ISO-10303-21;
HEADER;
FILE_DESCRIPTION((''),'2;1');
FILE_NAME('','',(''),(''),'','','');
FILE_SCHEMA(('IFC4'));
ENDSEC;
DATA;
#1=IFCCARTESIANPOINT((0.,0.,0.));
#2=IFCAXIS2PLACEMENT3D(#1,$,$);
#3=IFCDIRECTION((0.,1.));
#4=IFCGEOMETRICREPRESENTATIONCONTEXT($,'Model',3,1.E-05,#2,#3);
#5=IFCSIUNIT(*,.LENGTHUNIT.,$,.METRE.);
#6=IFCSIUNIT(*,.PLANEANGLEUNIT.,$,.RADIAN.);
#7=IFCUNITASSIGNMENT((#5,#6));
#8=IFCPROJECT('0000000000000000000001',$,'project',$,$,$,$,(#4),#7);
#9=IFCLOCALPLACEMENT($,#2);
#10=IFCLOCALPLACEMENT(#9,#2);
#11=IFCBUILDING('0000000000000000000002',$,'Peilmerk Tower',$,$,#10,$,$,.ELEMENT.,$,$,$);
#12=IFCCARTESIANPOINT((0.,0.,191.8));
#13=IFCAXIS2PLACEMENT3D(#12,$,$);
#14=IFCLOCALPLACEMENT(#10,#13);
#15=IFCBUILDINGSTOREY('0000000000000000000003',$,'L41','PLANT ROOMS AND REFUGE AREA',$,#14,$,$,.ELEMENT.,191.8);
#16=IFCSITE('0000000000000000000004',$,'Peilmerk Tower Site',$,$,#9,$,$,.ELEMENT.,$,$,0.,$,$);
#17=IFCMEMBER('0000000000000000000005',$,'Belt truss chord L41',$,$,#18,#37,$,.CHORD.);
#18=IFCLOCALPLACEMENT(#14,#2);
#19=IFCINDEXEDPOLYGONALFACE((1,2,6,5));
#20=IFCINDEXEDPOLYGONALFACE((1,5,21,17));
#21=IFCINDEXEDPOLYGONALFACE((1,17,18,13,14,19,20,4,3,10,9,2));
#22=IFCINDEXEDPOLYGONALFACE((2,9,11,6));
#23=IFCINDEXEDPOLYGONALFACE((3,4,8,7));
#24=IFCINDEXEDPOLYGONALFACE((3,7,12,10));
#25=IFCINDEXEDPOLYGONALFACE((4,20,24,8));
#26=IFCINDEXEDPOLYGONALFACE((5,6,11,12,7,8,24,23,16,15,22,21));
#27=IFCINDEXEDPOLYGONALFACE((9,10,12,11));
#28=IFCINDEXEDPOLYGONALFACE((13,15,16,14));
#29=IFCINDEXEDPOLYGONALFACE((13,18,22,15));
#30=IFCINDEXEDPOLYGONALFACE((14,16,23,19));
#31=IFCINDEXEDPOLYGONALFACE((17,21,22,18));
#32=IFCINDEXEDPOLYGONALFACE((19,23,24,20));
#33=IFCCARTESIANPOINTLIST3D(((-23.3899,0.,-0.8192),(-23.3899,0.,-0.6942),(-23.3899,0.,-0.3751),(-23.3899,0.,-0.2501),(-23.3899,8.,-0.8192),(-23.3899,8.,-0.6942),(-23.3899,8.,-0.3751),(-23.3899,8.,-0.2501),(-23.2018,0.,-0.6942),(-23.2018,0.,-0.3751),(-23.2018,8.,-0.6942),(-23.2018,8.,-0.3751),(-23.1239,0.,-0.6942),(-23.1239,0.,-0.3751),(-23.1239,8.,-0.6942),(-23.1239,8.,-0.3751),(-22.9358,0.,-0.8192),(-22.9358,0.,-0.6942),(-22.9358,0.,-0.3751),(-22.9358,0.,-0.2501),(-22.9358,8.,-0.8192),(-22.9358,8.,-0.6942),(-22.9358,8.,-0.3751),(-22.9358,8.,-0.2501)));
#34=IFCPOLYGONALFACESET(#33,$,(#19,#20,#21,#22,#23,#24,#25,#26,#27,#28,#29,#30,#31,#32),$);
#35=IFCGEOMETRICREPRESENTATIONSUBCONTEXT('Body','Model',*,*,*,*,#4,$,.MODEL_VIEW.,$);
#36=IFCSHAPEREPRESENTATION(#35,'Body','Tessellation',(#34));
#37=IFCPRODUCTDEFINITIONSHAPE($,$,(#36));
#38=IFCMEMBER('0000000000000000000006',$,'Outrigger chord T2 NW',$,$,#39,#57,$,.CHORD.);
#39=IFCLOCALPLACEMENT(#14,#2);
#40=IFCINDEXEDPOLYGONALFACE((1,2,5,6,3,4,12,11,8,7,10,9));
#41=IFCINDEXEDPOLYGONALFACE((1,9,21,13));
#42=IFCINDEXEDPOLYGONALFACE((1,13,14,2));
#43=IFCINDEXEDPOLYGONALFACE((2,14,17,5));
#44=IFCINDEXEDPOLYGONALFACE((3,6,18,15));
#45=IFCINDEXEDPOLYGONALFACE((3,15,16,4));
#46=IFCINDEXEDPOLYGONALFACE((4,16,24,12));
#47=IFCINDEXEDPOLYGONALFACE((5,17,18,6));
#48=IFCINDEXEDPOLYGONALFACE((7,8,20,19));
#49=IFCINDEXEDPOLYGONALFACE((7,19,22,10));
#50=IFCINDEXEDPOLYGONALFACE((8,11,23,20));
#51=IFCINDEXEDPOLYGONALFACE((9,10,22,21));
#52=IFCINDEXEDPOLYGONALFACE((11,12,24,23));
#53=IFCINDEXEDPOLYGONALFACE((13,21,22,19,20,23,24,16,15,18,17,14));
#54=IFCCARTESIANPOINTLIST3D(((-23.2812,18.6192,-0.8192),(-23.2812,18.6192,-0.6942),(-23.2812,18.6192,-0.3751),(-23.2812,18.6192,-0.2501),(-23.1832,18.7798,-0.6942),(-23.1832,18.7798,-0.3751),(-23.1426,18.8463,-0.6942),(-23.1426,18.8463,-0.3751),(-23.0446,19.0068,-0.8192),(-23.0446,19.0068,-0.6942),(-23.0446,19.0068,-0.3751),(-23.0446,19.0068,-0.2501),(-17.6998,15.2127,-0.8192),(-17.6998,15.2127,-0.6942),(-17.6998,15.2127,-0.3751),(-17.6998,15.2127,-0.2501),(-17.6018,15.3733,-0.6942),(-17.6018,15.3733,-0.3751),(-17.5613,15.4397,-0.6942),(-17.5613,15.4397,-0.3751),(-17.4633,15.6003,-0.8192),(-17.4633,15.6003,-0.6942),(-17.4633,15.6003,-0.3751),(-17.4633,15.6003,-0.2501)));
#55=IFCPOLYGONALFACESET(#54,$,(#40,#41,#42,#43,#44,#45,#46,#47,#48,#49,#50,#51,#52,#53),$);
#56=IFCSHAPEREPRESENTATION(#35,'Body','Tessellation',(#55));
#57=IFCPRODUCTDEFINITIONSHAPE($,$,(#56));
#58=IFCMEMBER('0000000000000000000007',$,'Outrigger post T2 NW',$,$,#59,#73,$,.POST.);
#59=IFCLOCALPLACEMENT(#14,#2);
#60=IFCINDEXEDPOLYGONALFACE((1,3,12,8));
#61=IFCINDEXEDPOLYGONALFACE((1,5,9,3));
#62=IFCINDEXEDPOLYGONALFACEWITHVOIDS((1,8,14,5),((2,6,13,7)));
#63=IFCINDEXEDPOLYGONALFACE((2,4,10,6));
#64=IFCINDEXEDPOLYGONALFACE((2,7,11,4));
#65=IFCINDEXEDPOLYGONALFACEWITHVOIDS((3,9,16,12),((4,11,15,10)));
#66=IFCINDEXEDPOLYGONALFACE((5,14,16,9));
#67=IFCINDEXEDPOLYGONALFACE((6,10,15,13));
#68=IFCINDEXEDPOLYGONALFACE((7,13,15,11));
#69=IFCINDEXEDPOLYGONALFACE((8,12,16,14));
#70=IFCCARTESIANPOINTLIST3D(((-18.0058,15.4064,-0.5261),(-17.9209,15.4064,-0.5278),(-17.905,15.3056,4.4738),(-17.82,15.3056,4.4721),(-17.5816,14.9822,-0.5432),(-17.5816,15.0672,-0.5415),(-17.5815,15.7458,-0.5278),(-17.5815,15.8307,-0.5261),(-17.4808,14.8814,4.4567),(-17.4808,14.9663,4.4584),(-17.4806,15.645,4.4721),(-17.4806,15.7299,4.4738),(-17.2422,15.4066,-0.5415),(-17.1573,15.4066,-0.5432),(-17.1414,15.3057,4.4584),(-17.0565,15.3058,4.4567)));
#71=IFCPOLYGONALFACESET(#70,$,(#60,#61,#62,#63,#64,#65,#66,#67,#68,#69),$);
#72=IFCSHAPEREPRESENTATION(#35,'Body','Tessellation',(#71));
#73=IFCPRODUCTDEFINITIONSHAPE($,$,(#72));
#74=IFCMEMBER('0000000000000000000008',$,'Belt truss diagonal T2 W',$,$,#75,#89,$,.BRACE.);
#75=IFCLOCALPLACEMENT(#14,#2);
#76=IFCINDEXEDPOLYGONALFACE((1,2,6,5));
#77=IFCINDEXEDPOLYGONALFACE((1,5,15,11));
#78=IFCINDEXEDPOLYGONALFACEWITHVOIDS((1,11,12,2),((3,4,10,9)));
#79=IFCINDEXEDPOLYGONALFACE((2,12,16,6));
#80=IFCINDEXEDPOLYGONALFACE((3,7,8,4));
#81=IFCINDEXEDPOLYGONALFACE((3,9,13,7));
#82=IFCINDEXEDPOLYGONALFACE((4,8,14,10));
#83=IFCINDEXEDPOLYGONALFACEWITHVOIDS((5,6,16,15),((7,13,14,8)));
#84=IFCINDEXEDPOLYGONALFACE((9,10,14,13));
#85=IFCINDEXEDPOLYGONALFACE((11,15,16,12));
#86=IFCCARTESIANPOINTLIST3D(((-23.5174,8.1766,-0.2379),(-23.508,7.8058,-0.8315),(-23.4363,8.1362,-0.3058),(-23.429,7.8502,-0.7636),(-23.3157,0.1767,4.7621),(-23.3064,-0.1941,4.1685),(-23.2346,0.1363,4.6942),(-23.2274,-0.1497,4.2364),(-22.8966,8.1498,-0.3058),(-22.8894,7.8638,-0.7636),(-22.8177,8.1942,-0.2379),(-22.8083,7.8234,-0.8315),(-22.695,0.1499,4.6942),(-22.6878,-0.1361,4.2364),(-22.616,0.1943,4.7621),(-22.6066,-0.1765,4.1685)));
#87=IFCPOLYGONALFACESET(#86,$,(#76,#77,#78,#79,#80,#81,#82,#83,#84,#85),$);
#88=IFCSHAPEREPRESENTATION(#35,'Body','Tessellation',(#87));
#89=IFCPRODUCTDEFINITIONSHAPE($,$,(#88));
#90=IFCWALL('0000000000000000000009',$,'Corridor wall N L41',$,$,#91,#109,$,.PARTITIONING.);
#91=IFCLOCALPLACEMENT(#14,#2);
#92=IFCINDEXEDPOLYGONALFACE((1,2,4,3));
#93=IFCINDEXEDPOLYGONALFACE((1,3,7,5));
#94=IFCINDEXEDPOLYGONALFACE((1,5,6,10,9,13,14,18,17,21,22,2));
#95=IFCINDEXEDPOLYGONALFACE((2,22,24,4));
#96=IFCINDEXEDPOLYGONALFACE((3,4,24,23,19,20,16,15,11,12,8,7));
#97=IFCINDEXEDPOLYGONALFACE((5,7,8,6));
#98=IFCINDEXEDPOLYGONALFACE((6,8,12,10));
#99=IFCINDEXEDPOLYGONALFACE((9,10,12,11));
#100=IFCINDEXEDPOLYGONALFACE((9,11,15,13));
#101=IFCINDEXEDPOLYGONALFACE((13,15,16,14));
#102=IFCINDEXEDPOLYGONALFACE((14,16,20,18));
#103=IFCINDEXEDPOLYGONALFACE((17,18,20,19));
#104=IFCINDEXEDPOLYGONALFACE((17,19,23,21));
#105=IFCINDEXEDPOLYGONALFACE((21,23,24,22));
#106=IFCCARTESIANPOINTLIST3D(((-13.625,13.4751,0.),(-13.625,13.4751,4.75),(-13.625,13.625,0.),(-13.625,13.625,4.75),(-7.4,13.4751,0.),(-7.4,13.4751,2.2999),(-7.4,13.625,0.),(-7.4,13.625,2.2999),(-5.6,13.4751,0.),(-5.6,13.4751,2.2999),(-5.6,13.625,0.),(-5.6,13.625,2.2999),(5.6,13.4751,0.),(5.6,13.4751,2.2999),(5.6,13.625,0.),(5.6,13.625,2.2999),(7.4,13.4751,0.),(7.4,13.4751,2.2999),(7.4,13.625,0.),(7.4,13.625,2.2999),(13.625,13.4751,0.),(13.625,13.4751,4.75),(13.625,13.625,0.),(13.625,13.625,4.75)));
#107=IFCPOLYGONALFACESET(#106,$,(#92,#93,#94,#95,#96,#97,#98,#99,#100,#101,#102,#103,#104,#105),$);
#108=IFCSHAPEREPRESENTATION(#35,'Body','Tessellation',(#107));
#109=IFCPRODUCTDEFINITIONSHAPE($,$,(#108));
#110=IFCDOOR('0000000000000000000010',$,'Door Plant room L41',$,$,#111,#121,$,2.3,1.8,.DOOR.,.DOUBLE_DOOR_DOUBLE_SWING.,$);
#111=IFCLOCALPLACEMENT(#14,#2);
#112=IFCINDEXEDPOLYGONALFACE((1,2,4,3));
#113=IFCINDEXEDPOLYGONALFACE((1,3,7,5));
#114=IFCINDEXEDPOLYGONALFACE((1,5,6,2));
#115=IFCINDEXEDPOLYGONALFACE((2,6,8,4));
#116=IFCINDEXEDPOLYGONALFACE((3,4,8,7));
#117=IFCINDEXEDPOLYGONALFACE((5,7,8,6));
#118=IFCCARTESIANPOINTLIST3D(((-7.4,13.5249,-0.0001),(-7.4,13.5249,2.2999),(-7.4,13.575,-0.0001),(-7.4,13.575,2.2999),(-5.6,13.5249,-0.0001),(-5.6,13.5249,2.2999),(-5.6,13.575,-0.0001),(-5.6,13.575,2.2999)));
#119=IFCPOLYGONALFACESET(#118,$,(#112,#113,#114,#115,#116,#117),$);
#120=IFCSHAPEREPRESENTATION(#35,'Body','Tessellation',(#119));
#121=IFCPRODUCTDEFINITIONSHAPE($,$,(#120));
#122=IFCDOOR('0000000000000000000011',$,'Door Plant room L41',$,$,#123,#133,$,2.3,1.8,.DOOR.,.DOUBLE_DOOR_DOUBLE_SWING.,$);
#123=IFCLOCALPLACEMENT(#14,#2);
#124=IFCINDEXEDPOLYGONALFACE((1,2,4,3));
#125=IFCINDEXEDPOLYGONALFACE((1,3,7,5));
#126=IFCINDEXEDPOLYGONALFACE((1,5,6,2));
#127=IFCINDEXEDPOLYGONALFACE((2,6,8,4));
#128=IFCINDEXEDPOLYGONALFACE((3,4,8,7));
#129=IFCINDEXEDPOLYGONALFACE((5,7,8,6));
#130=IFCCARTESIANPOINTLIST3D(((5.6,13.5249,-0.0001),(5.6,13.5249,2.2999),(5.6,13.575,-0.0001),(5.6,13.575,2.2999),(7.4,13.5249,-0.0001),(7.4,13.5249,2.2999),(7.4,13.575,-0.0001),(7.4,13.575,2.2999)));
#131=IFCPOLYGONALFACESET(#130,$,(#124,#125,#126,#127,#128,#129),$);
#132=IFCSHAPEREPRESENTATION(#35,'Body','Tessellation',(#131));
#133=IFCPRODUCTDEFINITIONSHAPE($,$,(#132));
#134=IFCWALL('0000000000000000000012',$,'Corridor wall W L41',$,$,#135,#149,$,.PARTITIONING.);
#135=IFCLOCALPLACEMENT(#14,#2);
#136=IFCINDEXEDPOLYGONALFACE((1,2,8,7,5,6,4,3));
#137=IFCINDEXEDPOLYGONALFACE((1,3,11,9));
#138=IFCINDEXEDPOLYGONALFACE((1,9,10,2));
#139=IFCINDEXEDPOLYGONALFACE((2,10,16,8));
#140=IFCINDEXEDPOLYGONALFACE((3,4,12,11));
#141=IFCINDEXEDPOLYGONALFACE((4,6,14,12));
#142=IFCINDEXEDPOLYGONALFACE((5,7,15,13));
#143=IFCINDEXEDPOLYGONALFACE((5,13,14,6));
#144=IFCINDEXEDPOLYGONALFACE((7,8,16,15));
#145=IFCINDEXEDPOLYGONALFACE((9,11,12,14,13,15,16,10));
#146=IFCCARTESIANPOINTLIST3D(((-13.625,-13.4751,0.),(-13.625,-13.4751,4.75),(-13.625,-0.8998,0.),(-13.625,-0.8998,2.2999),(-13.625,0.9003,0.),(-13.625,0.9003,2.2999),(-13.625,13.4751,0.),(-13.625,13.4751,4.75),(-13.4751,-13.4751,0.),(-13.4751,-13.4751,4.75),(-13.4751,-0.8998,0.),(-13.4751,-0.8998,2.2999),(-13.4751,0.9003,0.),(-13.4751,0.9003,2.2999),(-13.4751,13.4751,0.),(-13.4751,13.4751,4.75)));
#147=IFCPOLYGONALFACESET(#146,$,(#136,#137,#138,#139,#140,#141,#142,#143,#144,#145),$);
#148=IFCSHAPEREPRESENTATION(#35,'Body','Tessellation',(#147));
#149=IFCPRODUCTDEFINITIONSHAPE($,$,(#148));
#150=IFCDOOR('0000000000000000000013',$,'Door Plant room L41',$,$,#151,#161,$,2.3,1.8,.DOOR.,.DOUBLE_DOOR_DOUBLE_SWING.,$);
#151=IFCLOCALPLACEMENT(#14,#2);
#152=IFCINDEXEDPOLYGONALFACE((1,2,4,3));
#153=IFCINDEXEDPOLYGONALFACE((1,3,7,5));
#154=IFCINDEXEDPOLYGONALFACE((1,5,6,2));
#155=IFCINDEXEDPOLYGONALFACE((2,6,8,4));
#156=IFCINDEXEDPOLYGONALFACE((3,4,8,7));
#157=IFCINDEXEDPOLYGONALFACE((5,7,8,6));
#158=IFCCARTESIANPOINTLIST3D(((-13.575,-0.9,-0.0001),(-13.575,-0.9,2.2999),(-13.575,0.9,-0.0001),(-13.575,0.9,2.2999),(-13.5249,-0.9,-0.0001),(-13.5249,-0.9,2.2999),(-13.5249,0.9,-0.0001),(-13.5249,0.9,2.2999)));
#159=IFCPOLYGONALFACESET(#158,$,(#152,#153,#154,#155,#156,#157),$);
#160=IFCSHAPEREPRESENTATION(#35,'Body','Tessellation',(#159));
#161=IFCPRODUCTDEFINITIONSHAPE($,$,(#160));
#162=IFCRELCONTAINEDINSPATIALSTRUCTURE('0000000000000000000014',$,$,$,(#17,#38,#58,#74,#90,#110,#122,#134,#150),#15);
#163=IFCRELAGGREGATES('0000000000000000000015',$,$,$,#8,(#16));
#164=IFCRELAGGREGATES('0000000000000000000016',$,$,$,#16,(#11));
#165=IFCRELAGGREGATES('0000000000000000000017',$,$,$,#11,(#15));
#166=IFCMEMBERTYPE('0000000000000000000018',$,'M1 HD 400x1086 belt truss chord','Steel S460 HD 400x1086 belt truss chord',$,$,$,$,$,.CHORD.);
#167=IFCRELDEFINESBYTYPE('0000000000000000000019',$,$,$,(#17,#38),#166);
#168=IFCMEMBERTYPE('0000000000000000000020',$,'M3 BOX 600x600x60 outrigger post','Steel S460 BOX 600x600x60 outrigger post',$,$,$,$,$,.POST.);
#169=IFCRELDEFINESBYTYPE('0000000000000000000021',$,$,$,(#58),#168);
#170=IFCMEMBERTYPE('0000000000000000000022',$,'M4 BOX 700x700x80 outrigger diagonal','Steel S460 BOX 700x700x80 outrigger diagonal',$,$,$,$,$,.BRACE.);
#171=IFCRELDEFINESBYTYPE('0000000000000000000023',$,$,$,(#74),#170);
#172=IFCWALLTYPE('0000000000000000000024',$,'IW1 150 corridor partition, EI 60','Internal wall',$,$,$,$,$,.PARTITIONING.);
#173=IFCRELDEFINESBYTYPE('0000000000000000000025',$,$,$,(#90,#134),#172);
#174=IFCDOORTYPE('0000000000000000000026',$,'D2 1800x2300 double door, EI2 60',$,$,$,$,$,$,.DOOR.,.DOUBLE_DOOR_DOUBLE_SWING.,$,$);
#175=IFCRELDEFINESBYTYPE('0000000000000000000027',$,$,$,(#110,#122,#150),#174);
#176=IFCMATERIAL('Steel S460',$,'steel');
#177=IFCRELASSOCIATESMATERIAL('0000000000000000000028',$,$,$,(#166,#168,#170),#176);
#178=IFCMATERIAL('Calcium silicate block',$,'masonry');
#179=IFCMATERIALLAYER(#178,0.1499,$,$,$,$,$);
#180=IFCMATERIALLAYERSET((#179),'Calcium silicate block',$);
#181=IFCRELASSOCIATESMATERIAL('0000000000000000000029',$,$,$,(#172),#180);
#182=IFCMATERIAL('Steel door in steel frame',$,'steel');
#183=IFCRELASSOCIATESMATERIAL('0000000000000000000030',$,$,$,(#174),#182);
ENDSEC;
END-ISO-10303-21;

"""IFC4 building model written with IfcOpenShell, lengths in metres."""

from ifc_helpers import new_model, si_unit, direction, frame, frame_2d, origin, origin_2d, place, context, subcontext, project, spatial, rectangle, hollow_rectangle, i_section, extrude, material, layer, layer_set, material_profile, profile_set, type_object, element, fill, save


model = new_model("IFC4")

# Units and contexts
model_context = context("Model", 3, precision=1e-05, world=origin(), true_north=direction((0.0, 1.0)))
body_context = subcontext(model_context, "Body", "Model", "MODEL_VIEW")
ifc_project = project(units=[si_unit("LENGTHUNIT", "METRE"), si_unit("PLANEANGLEUNIT", "RADIAN")], contexts=[model_context])

# Site, building, storey
site_placement = place(None, origin())
site = spatial("IfcSite", under=ifc_project, at=site_placement, Name="Peilmerk Tower Site", CompositionType="ELEMENT", RefElevation=0.0)
building_placement = place(site_placement, origin())
building = spatial("IfcBuilding", under=site, at=building_placement, Name="Peilmerk Tower", CompositionType="ELEMENT")
storey_placement = place(building_placement, frame((0.0, 0.0, 191.8)))
storey = spatial("IfcBuildingStorey", under=building, at=storey_placement, Name="L41", Description="PLANT ROOMS AND REFUGE AREA", CompositionType="ELEMENT", Elevation=191.8)

# Shared definitions
ifc_material_1 = material(Name="Steel S460", Category="steel")

# Members
ifc_material_profile_1 = material_profile(ifc_material_1, i_section(OverallWidth=0.4541, OverallDepth=0.5691, WebThickness=0.0779, FlangeThickness=0.125, at=origin_2d()), Name="HD 400x1086")
ifc_profile_set_1 = profile_set([ifc_material_profile_1], Name="Steel S460")
member_type_1 = type_object("IfcMemberType", Name="M1 HD 400x1086 belt truss chord", Description="Steel S460 HD 400x1086 belt truss chord", PredefinedType="CHORD", material=ifc_profile_set_1)
member_1_placement = place(storey_placement, frame((-23.1628, 8.0, -0.5347), z_axis=(0.0, -1.0, 0.0), x_axis=(1.0, 0.0, 0.0)))
element("IfcMember", 1, at=member_1_placement, inside=storey, type_object=member_type_1, Name="Belt truss chord L41", PredefinedType="CHORD", context=body_context, shape_type="SweptSolid", body=[
    extrude(i_section(OverallWidth=0.4541, OverallDepth=0.5691, WebThickness=0.0779, FlangeThickness=0.125, at=origin_2d()), origin(), (0.0, 0.0, 1.0), 8.0),
])
member_2_placement = place(storey_placement, frame((-17.5815, 15.4065, -0.5347), z_axis=(-0.853574, 0.520971, 0.0), x_axis=(-0.520971, -0.853574, 0.0)))
element("IfcMember", 2, at=member_2_placement, inside=storey, type_object=member_type_1, Name="Outrigger chord T2 NW", PredefinedType="CHORD", context=body_context, shape_type="SweptSolid", body=[
    extrude(i_section(OverallWidth=0.4541, OverallDepth=0.5691, WebThickness=0.0779, FlangeThickness=0.125, at=origin_2d()), origin(), (0.0, 0.0, 1.0), 6.5388),
])
ifc_material_profile_2 = material_profile(ifc_material_1, hollow_rectangle(XDim=0.6001, YDim=0.6001, WallThickness=0.0601, at=origin_2d()), Name="BOX 600x600x60")
ifc_profile_set_2 = profile_set([ifc_material_profile_2], Name="Steel S460")
member_type_2 = type_object("IfcMemberType", Name="M3 BOX 600x600x60 outrigger post", Description="Steel S460 BOX 600x600x60 outrigger post", PredefinedType="POST", material=ifc_profile_set_2)
member_3_placement = place(storey_placement, frame((-17.5815, 15.4065, -0.5347), z_axis=(0.020158, -0.020158, 0.999594), x_axis=(0.707107, 0.707107, 0.0)))
element("IfcMember", 3, at=member_3_placement, inside=storey, type_object=member_type_2, Name="Outrigger post T2 NW", PredefinedType="POST", context=body_context, shape_type="SweptSolid", body=[
    extrude(hollow_rectangle(XDim=0.6001, YDim=0.6001, WallThickness=0.0601, at=origin_2d()), origin(), (0.0, 0.0, 1.0), 5.002),
])
ifc_material_profile_3 = material_profile(ifc_material_1, hollow_rectangle(XDim=0.7, YDim=0.7, WallThickness=0.0801, at=origin_2d()), Name="BOX 700x700x80")
ifc_profile_set_3 = profile_set([ifc_material_profile_3], Name="Steel S460")
member_type_3 = type_object("IfcMemberType", Name="M4 BOX 700x700x80 outrigger diagonal", Description="Steel S460 BOX 700x700x80 outrigger diagonal", PredefinedType="BRACE", material=ifc_profile_set_3)
member_4_placement = place(storey_placement, frame((-23.1628, 8.0, -0.5347), z_axis=(0.021371, -0.847805, 0.529878), x_axis=(0.999682, 0.0252, 0.0)))
element("IfcMember", 4, at=member_4_placement, inside=storey, type_object=member_type_3, Name="Belt truss diagonal T2 W", PredefinedType="BRACE", context=body_context, shape_type="SweptSolid", body=[
    extrude(hollow_rectangle(XDim=0.7, YDim=0.7, WallThickness=0.0801, at=origin_2d()), origin(), (0.0, 0.0, 1.0), 9.436),
])

# Wall, openings, doors
ifc_material_2 = material(Name="Calcium silicate block", Category="masonry")
ifc_layer_1 = layer(ifc_material_2, 0.1499)
ifc_layer_set_1 = layer_set([ifc_layer_1], Name="Calcium silicate block")
wall_type_1 = type_object("IfcWallType", Name="IW1 150 corridor partition, EI 60", Description="Internal wall", PredefinedType="PARTITIONING", material=ifc_layer_set_1)
wall_1_placement = place(storey_placement, frame((-13.625, 13.55, 0.0), z_axis=(0.0, 0.0, 1.0), x_axis=(1.0, 0.0, 0.0)))
wall_1 = element("IfcWall", 5, at=wall_1_placement, inside=storey, type_object=wall_type_1, Name="Corridor wall N L41", PredefinedType="PARTITIONING", context=body_context, shape_type="SweptSolid", body=[
    extrude(rectangle(XDim=27.25, YDim=0.1499, at=frame_2d((13.625, 0.0))), origin(), (0.0, 0.0, 1.0), 4.75),
])
opening_1_placement = place(wall_1_placement, frame((6.2251, 0.0, 0.0)))
opening_1 = element("IfcOpeningElement", 6, at=opening_1_placement, cuts=wall_1, PredefinedType="OPENING", context=body_context, shape_type="SweptSolid", body=[
    extrude(rectangle(XDim=1.8, YDim=2.3, at=frame_2d((0.8999, 1.1499))), frame((0.0, 0.085, 0.0), z_axis=(0.0, -1.0, 0.0), x_axis=(1.0, 0.0, 0.0)), (0.0, 0.0, 1.0), 0.1699),
])
opening_2_placement = place(wall_1_placement, frame((19.2251, 0.0, 0.0)))
opening_2 = element("IfcOpeningElement", 7, at=opening_2_placement, cuts=wall_1, PredefinedType="OPENING", context=body_context, shape_type="SweptSolid", body=[
    extrude(rectangle(XDim=1.8, YDim=2.3, at=frame_2d((0.8999, 1.1499))), frame((0.0, 0.085, 0.0), z_axis=(0.0, -1.0, 0.0), x_axis=(1.0, 0.0, 0.0)), (0.0, 0.0, 1.0), 0.1699),
])
ifc_material_3 = material(Name="Steel door in steel frame", Category="steel")
door_type = type_object("IfcDoorType", Name="D2 1800x2300 double door, EI2 60", OperationType="DOUBLE_DOOR_DOUBLE_SWING", PredefinedType="DOOR", material=ifc_material_3)
door_1_placement = place(opening_1_placement, origin())
door_1 = element("IfcDoor", 8, at=door_1_placement, inside=storey, type_object=door_type, Name="Door Plant room L41", OperationType="DOUBLE_DOOR_DOUBLE_SWING", OverallHeight=2.3, OverallWidth=1.8, PredefinedType="DOOR", context=body_context, shape_type="SweptSolid", body=[
    extrude(rectangle(XDim=1.8, YDim=2.3, at=frame_2d((0.8999, 1.1499))), frame((0.0, 0.0249, 0.0), z_axis=(0.0, -1.0, 0.0), x_axis=(1.0, 0.0, 0.0)), (0.0, 0.0, 1.0), 0.05),
])
fill(opening_1, door_1)
door_2_placement = place(opening_2_placement, origin())
door_2 = element("IfcDoor", 9, at=door_2_placement, inside=storey, type_object=door_type, Name="Door Plant room L41", OperationType="DOUBLE_DOOR_DOUBLE_SWING", OverallHeight=2.3, OverallWidth=1.8, PredefinedType="DOOR", context=body_context, shape_type="SweptSolid", body=[
    extrude(rectangle(XDim=1.8, YDim=2.3, at=frame_2d((0.8999, 1.1499))), frame((0.0, 0.0249, 0.0), z_axis=(0.0, -1.0, 0.0), x_axis=(1.0, 0.0, 0.0)), (0.0, 0.0, 1.0), 0.05),
])
fill(opening_2, door_2)

# Wall, opening, door
wall_2_placement = place(storey_placement, frame((-13.55, 13.4751, 0.0), z_axis=(0.0, 0.0, 1.0), x_axis=(0.0, -1.0, 0.0)))
wall_2 = element("IfcWall", 10, at=wall_2_placement, inside=storey, type_object=wall_type_1, Name="Corridor wall W L41", PredefinedType="PARTITIONING", context=body_context, shape_type="SweptSolid", body=[
    extrude(rectangle(XDim=26.9502, YDim=0.1499, at=frame_2d((13.4751, 0.0))), origin(), (0.0, 0.0, 1.0), 4.75),
])
opening_3_placement = place(wall_2_placement, frame((12.575, 0.0, 0.0)))
opening_3 = element("IfcOpeningElement", 11, at=opening_3_placement, cuts=wall_2, PredefinedType="OPENING", context=body_context, shape_type="SweptSolid", body=[
    extrude(rectangle(XDim=1.8, YDim=2.3, at=frame_2d((0.8999, 1.1499))), frame((0.0, 0.085, 0.0), z_axis=(0.0, -1.0, 0.0), x_axis=(1.0, 0.0, 0.0)), (0.0, 0.0, 1.0), 0.1699),
])
door_3_placement = place(opening_3_placement, frame((1.8, 0.0, 0.0), z_axis=(0.0, 0.0, 1.0), x_axis=(-1.0, 0.0, 0.0)))
door_3 = element("IfcDoor", 12, at=door_3_placement, inside=storey, type_object=door_type, Name="Door Plant room L41", OperationType="DOUBLE_DOOR_DOUBLE_SWING", OverallHeight=2.3, OverallWidth=1.8, PredefinedType="DOOR", context=body_context, shape_type="SweptSolid", body=[
    extrude(rectangle(XDim=1.8, YDim=2.3, at=frame_2d((0.8999, 1.1499))), frame((0.0, 0.0249, 0.0), z_axis=(0.0, -1.0, 0.0), x_axis=(1.0, 0.0, 0.0)), (0.0, 0.0, 1.0), 0.05),
])
fill(opening_3, door_3)

save(model, "model.ifc")
